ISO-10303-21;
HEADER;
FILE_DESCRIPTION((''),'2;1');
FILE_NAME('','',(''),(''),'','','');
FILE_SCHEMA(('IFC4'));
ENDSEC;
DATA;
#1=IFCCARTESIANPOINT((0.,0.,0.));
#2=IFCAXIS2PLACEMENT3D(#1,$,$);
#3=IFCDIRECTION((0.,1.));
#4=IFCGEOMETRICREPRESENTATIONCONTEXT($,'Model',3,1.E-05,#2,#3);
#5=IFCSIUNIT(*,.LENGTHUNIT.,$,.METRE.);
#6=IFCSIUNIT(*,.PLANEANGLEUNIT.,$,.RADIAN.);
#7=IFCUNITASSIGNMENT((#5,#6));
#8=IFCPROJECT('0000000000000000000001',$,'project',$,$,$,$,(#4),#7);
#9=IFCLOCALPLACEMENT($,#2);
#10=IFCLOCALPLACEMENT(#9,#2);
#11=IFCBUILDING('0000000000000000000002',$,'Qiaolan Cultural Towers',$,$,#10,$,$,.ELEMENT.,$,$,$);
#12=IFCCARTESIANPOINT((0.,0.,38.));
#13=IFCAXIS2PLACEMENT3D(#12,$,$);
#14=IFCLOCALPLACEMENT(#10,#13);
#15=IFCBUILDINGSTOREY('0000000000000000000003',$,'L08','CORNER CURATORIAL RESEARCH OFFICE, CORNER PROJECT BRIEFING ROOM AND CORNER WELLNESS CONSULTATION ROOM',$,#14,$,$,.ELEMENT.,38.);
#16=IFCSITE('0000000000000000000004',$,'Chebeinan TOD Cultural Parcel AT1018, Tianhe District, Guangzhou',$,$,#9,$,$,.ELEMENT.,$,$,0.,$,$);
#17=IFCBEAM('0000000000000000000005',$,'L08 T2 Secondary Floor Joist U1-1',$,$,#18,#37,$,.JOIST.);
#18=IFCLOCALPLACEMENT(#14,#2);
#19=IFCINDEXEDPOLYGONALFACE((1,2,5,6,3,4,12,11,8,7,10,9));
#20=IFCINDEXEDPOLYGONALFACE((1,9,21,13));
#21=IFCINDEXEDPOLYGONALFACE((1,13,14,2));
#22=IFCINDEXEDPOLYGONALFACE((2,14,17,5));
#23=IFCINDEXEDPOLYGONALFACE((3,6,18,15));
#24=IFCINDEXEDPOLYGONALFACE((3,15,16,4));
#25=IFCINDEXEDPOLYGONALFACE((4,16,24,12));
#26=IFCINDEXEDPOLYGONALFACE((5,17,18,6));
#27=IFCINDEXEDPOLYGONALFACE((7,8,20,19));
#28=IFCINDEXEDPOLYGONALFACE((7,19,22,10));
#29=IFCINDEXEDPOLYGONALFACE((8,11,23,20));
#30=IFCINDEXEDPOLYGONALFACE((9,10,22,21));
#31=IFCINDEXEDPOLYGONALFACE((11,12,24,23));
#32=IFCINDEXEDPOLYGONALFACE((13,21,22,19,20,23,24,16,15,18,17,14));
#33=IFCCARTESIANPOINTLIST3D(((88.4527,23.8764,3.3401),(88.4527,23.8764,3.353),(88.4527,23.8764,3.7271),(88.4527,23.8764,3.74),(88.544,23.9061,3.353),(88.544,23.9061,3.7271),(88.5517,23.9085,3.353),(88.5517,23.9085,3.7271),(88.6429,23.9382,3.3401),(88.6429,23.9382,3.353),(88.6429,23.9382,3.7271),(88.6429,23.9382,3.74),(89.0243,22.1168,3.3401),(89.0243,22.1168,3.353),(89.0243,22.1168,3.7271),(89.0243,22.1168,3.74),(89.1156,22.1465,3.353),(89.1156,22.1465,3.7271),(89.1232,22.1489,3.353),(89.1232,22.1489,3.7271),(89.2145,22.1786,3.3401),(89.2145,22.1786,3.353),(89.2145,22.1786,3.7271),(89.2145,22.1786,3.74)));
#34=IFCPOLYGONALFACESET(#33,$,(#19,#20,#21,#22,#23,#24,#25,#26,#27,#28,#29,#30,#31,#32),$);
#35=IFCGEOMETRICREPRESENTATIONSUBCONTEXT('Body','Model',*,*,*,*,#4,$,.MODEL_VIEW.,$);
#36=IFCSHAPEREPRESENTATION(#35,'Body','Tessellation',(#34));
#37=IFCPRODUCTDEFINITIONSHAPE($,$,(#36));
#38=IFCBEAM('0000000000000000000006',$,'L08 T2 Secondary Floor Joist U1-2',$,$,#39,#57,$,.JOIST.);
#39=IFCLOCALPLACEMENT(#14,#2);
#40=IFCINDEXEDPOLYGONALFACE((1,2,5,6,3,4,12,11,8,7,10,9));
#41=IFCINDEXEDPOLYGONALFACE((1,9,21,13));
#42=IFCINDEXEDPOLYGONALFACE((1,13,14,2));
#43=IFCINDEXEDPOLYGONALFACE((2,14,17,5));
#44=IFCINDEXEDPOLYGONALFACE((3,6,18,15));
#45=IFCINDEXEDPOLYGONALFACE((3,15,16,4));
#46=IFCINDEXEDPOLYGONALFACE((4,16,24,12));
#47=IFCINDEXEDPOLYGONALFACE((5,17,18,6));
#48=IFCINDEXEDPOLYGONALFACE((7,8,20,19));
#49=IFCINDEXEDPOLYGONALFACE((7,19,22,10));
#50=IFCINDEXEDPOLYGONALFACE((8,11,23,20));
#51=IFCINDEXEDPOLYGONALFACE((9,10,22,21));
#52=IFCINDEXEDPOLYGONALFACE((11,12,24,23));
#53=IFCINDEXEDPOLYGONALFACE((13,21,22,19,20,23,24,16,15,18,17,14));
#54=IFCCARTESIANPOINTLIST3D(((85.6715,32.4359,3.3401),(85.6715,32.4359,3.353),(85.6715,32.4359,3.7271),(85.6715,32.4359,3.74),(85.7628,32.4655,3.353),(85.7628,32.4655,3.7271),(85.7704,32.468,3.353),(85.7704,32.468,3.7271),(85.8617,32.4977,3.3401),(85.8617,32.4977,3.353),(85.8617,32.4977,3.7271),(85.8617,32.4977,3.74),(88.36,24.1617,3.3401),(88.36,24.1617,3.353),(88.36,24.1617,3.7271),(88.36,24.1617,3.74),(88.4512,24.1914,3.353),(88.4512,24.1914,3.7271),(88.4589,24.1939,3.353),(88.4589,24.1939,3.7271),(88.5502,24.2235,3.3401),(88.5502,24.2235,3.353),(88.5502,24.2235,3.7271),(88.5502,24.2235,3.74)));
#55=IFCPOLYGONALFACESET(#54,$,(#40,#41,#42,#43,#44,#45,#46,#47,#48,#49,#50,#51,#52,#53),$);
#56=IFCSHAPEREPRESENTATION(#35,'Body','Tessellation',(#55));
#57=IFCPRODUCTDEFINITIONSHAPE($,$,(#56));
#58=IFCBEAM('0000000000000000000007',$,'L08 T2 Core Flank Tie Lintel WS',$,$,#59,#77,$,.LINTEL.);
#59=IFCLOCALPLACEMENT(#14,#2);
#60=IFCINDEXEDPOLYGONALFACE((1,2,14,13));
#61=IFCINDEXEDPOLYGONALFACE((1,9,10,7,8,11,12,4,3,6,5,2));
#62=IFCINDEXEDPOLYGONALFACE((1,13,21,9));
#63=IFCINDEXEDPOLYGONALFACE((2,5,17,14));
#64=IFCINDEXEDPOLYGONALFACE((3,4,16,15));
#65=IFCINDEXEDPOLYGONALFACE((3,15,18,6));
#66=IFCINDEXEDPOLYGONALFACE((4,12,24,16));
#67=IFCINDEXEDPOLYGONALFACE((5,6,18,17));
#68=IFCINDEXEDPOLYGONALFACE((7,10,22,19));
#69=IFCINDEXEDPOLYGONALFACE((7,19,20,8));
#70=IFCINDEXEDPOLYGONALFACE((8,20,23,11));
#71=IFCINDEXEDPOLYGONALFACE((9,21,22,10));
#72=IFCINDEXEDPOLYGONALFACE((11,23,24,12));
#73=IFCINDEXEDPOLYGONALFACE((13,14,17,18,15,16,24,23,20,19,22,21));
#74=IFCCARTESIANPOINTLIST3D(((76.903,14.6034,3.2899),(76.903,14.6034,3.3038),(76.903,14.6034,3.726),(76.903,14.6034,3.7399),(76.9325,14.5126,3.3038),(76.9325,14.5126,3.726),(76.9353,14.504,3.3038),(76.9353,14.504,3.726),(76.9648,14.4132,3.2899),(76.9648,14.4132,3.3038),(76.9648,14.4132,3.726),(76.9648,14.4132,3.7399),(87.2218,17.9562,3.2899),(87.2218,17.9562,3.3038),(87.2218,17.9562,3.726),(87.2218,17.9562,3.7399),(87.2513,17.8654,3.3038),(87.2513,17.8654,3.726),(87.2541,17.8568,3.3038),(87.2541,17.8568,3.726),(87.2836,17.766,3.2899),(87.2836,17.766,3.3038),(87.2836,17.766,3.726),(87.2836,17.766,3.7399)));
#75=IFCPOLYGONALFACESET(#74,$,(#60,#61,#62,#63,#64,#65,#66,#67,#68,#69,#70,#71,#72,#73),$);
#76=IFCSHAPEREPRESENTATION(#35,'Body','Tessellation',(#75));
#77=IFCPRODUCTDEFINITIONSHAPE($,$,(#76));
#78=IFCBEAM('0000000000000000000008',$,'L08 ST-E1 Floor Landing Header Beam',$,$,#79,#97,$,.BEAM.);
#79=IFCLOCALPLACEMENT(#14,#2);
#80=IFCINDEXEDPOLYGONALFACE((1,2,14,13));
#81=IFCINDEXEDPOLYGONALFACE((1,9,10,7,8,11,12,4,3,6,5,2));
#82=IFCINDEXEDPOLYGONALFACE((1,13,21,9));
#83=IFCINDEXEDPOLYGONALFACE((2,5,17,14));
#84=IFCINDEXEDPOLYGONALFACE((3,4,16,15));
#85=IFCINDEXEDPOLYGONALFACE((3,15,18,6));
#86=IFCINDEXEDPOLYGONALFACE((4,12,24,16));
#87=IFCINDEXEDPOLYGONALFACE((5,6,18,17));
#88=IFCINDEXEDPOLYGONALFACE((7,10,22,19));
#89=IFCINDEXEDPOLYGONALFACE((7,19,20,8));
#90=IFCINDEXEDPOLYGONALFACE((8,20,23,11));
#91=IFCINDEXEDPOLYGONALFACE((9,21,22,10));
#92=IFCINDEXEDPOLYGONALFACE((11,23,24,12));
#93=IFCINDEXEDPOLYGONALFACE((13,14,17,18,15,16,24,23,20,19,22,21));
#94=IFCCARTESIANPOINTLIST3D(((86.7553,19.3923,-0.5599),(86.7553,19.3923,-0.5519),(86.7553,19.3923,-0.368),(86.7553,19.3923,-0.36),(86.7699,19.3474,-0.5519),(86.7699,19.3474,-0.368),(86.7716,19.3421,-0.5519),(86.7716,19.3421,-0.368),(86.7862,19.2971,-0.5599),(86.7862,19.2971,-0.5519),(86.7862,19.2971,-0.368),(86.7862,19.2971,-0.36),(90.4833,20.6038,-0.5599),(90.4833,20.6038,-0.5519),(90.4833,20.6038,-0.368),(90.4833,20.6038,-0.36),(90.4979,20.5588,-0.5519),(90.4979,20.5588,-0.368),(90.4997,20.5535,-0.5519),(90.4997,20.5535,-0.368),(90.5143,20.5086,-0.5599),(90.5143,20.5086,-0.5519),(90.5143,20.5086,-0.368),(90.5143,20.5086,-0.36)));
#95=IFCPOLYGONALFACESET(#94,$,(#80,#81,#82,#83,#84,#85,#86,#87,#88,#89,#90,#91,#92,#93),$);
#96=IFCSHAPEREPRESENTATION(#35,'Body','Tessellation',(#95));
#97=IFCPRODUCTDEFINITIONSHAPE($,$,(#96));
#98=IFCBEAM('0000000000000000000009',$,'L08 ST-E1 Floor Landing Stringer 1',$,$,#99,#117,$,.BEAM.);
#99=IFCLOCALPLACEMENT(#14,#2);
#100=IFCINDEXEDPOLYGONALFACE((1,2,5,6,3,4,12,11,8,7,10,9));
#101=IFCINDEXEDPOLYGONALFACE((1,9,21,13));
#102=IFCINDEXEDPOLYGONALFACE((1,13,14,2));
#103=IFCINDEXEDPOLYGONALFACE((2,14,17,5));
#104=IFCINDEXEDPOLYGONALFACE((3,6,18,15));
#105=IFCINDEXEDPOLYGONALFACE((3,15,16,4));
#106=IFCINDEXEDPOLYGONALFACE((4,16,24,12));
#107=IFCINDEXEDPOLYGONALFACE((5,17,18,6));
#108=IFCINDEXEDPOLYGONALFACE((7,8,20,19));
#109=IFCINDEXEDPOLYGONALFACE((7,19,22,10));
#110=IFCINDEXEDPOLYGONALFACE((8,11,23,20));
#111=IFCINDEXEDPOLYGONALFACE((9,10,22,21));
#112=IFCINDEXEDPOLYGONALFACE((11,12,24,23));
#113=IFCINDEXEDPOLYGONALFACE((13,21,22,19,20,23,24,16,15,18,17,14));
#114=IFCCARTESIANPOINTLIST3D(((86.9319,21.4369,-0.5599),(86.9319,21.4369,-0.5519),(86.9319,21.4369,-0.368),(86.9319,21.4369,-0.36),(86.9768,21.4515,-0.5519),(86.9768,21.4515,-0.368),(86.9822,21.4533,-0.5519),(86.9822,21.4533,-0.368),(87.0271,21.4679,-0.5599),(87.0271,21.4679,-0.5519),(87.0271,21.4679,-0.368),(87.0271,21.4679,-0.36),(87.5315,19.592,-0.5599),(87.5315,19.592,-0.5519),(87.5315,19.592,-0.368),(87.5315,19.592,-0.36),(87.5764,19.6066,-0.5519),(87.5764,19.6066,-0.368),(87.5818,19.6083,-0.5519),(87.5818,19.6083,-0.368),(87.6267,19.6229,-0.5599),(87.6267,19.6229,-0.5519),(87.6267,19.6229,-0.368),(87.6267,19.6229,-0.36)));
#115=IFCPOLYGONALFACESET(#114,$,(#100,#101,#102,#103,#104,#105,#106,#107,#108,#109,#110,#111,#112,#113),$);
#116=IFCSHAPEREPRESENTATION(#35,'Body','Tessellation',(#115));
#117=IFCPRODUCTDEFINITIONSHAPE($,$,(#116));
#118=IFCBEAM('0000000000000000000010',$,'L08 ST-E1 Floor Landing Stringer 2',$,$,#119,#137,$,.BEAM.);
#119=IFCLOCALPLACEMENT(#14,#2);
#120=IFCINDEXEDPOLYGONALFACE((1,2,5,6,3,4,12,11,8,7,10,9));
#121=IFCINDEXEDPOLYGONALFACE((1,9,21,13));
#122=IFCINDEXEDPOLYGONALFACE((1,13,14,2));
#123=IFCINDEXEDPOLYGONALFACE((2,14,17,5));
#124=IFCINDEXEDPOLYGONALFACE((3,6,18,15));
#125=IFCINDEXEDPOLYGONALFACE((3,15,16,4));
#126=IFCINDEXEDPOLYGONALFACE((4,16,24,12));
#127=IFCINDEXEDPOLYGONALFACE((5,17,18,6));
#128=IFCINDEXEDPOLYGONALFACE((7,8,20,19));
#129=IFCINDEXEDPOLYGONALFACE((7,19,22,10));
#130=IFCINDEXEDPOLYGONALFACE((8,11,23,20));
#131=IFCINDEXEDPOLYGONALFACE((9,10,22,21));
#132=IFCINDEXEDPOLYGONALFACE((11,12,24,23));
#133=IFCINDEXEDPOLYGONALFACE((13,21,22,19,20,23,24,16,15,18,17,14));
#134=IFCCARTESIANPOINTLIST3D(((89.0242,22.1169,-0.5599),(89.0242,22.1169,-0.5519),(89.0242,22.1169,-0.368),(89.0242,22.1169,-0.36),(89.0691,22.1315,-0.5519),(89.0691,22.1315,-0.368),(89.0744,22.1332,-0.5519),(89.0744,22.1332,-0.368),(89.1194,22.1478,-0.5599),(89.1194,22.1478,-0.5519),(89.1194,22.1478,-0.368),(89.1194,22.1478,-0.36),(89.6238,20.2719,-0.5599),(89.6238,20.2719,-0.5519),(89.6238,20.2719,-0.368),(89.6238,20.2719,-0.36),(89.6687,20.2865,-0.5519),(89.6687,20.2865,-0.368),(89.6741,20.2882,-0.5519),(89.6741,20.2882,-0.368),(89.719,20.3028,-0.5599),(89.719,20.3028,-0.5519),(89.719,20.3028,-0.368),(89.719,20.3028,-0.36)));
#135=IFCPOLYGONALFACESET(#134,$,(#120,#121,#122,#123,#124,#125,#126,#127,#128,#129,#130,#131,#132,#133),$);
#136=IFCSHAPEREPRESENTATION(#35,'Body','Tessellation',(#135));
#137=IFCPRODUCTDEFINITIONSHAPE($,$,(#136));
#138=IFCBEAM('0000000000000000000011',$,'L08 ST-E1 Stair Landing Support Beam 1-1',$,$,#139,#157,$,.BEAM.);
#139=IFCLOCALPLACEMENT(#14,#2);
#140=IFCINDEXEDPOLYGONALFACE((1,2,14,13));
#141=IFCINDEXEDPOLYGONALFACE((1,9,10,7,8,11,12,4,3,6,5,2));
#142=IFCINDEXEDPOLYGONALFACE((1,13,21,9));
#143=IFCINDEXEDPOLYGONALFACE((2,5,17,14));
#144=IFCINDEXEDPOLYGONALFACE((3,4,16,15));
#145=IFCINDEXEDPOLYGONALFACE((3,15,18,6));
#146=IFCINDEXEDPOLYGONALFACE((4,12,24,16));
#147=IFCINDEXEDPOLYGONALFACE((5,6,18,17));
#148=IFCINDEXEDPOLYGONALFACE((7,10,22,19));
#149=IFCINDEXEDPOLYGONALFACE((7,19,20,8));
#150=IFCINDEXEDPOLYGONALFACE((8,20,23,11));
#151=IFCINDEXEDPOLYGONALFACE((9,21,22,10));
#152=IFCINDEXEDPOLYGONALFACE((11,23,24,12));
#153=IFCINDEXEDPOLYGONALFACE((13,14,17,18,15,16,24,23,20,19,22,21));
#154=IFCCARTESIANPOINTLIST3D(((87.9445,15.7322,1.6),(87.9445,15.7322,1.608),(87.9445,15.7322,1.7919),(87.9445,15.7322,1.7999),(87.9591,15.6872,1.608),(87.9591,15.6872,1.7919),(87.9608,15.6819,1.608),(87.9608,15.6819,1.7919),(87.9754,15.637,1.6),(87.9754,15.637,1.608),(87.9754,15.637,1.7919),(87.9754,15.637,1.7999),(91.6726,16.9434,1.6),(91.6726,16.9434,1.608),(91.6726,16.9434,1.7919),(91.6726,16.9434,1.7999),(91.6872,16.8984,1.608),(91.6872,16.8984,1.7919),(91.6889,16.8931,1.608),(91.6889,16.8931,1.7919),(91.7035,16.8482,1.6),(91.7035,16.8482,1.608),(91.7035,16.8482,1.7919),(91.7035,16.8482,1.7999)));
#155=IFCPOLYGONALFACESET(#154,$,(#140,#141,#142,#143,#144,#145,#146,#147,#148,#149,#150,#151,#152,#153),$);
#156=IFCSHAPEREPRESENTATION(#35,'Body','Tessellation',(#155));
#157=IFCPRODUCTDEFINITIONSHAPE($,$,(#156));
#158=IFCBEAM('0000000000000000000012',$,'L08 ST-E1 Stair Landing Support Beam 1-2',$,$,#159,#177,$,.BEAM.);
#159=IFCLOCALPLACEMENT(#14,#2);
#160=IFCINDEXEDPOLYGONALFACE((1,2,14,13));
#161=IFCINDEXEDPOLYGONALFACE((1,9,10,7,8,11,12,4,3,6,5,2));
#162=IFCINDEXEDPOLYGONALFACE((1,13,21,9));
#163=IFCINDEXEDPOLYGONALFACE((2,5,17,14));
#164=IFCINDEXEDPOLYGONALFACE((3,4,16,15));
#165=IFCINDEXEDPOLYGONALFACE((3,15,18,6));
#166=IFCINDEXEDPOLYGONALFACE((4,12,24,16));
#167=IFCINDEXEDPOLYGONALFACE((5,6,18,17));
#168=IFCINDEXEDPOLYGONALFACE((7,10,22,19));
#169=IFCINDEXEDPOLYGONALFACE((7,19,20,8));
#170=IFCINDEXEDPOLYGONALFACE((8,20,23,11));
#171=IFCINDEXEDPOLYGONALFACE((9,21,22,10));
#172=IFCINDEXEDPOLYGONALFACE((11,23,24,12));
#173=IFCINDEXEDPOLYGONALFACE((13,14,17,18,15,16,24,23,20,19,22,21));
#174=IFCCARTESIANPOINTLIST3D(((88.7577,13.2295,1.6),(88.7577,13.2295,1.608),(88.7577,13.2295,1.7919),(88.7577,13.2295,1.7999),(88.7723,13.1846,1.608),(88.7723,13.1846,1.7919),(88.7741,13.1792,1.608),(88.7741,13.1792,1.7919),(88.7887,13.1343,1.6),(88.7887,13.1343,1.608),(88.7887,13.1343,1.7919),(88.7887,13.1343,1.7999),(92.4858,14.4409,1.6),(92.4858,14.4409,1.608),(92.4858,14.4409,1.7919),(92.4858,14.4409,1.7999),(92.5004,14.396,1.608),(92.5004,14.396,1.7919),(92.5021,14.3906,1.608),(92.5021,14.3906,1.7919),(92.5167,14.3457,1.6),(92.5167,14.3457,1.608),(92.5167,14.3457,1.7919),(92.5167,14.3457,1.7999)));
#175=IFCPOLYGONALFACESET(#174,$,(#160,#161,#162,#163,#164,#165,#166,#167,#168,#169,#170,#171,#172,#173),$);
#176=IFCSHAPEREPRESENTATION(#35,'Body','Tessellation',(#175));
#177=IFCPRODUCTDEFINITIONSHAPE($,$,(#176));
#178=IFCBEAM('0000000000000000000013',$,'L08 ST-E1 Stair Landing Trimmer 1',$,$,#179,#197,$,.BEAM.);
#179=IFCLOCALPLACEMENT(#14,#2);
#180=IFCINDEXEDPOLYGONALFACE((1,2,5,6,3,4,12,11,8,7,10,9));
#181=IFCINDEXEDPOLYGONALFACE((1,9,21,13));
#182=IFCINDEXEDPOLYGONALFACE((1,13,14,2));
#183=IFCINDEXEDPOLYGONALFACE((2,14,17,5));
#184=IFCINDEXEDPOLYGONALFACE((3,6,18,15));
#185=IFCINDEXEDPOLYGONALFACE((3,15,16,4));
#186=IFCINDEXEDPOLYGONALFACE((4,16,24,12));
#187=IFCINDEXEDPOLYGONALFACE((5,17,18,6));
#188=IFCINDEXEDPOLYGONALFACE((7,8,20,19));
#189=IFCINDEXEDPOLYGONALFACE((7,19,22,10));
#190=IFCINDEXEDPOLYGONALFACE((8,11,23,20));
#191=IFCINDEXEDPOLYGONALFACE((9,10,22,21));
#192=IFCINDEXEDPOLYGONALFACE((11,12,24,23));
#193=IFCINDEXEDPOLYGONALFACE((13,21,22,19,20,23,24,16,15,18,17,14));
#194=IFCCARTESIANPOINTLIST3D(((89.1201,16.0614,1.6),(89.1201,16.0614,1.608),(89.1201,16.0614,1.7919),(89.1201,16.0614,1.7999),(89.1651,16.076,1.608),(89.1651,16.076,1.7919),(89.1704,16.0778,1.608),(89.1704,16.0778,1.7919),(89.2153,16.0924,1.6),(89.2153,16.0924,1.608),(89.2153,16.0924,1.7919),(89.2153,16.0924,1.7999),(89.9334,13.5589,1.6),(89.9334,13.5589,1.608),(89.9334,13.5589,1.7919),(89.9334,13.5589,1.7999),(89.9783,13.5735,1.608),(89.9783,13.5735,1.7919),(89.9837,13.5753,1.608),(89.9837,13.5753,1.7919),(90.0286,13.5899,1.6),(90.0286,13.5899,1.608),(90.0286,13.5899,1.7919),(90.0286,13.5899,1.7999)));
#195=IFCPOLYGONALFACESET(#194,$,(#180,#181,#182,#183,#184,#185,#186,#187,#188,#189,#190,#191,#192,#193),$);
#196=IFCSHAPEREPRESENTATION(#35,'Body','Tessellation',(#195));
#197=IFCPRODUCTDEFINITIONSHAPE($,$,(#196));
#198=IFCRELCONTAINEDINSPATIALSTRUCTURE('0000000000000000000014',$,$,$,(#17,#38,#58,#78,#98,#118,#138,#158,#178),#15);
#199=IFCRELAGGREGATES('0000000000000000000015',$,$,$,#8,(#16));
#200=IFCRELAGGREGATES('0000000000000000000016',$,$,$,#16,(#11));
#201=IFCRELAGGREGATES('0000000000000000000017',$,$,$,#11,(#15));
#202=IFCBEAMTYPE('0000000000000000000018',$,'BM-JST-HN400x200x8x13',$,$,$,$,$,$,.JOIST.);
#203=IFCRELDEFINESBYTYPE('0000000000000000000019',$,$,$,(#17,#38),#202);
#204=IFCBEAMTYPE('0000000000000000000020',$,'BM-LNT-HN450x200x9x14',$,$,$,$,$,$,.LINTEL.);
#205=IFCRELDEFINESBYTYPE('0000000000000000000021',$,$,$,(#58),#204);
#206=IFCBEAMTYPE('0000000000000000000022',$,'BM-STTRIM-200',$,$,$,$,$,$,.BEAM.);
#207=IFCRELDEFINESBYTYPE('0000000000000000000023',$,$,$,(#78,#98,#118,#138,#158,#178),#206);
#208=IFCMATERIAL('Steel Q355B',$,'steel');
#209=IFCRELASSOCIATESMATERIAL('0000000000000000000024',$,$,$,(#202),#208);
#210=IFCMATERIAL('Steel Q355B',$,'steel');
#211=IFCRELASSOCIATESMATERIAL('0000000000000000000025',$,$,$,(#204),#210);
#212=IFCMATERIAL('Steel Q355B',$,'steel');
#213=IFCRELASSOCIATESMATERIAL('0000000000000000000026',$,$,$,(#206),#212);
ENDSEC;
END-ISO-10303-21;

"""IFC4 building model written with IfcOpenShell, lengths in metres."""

from ifc_helpers import new_model, si_unit, direction, frame, origin, origin_2d, place, context, subcontext, project, spatial, i_section, extrude, material, material_profile, profile_set, type_object, element, save


model = new_model("IFC4")

# Units and contexts
model_context = context("Model", 3, precision=1e-05, world=origin(), true_north=direction((0.0, 1.0)))
body_context = subcontext(model_context, "Body", "Model", "MODEL_VIEW")
ifc_project = project(units=[si_unit("LENGTHUNIT", "METRE"), si_unit("PLANEANGLEUNIT", "RADIAN")], contexts=[model_context])

# Site, building, storey
site_placement = place(None, origin())
site = spatial("IfcSite", under=ifc_project, at=site_placement, Name="Chebeinan TOD Cultural Parcel AT1018, Tianhe District, Guangzhou", CompositionType="ELEMENT", RefElevation=0.0)
building_placement = place(site_placement, origin())
building = spatial("IfcBuilding", under=site, at=building_placement, Name="Qiaolan Cultural Towers", CompositionType="ELEMENT")
storey_placement = place(building_placement, frame((0.0, 0.0, 38.0)))
storey = spatial("IfcBuildingStorey", under=building, at=storey_placement, Name="L08", Description="CORNER CURATORIAL RESEARCH OFFICE, CORNER PROJECT BRIEFING ROOM AND CORNER WELLNESS CONSULTATION ROOM", CompositionType="ELEMENT", Elevation=38.0)

# Beams
ifc_material_1 = material(Name="Steel Q355B", Category="steel")
ifc_material_profile_1 = material_profile(ifc_material_1, i_section(OverallWidth=0.2, OverallDepth=0.3999, WebThickness=0.0081, FlangeThickness=0.0129, at=origin_2d()), Name="HN400x200x8x13")
ifc_profile_set_1 = profile_set([ifc_material_profile_1], Name="Steel Q355B")
beam_type_1 = type_object("IfcBeamType", Name="BM-JST-HN400x200x8x13", PredefinedType="JOIST", material=ifc_profile_set_1)
beam_1_placement = place(storey_placement, frame((89.1194, 22.1477, 3.54), z_axis=(-0.308934, 0.951084, 0.0), x_axis=(-0.951084, -0.308934, 0.0)))
element("IfcBeam", 1, at=beam_1_placement, inside=storey, type_object=beam_type_1, Name="L08 T2 Secondary Floor Joist U1-1", PredefinedType="JOIST", context=body_context, shape_type="SweptSolid", body=[
    extrude(i_section(OverallWidth=0.2, OverallDepth=0.3999, WebThickness=0.0081, FlangeThickness=0.0129, at=origin_2d()), origin(), (0.0, 0.0, 1.0), 1.8501),
])
beam_2_placement = place(storey_placement, frame((88.4551, 24.1926, 3.54), z_axis=(-0.309021, 0.951055, 0.0), x_axis=(-0.951055, -0.309021, 0.0)))
element("IfcBeam", 2, at=beam_2_placement, inside=storey, type_object=beam_type_1, Name="L08 T2 Secondary Floor Joist U1-2", PredefinedType="JOIST", context=body_context, shape_type="SweptSolid", body=[
    extrude(i_section(OverallWidth=0.2, OverallDepth=0.3999, WebThickness=0.0081, FlangeThickness=0.0129, at=origin_2d()), origin(), (0.0, 0.0, 1.0), 8.7),
])
ifc_material_2 = material(Name="Steel Q355B", Category="steel")
ifc_material_profile_2 = material_profile(ifc_material_2, i_section(OverallWidth=0.2, OverallDepth=0.45, WebThickness=0.009, FlangeThickness=0.0139, at=origin_2d()), Name="HN450x200x9x14")
ifc_profile_set_2 = profile_set([ifc_material_profile_2], Name="Steel Q355B")
beam_type_2 = type_object("IfcBeamType", Name="BM-LNT-HN450x200x9x14", PredefinedType="LINTEL", material=ifc_profile_set_2)
beam_3_placement = place(storey_placement, frame((87.2527, 17.8611, 3.5149), z_axis=(-0.951057, -0.309016, 0.0), x_axis=(0.309016, -0.951057, 0.0)))
element("IfcBeam", 3, at=beam_3_placement, inside=storey, type_object=beam_type_2, Name="L08 T2 Core Flank Tie Lintel WS", PredefinedType="LINTEL", context=body_context, shape_type="SweptSolid", body=[
    extrude(i_section(OverallWidth=0.2, OverallDepth=0.45, WebThickness=0.009, FlangeThickness=0.0139, at=origin_2d()), origin(), (0.0, 0.0, 1.0), 10.8499),
])
ifc_material_3 = material(Name="Steel Q355B", Category="steel")
ifc_material_profile_3 = material_profile(ifc_material_3, i_section(OverallWidth=0.1001, OverallDepth=0.2, WebThickness=0.0056, FlangeThickness=0.0081, at=origin_2d()), Name="HN200x100x5.5x8")
ifc_profile_set_3 = profile_set([ifc_material_profile_3], Name="Steel Q355B")
beam_type_3 = type_object("IfcBeamType", Name="BM-STTRIM-200", PredefinedType="BEAM", material=ifc_profile_set_3)
beam_4_placement = place(storey_placement, frame((86.7708, 19.3447, -0.46), z_axis=(0.951048, 0.309044, 0.0), x_axis=(-0.309044, 0.951048, 0.0)))
element("IfcBeam", 4, at=beam_4_placement, inside=storey, type_object=beam_type_3, Name="L08 ST-E1 Floor Landing Header Beam", PredefinedType="BEAM", context=body_context, shape_type="SweptSolid", body=[
    extrude(i_section(OverallWidth=0.1001, OverallDepth=0.2, WebThickness=0.0056, FlangeThickness=0.0081, at=origin_2d()), origin(), (0.0, 0.0, 1.0), 3.9199),
])
for number, where, z_axis, x_axis, name in (
    (5, (86.9795, 21.4524, -0.46), (0.309083, -0.951035, 0.0), (0.951035, 0.309083, 0.0), "L08 ST-E1 Floor Landing Stringer 1"),
    (6, (89.0718, 22.1323, -0.46), (0.309083, -0.951035, 0.0), (0.951035, 0.309083, 0.0), "L08 ST-E1 Floor Landing Stringer 2"),
):
    element("IfcBeam", number, at=place(storey_placement, frame(where, z_axis=z_axis, x_axis=x_axis)), inside=storey, type_object=beam_type_3, Name=name, PredefinedType="BEAM", context=body_context, shape_type="SweptSolid", body=[
        extrude(i_section(OverallWidth=0.1001, OverallDepth=0.2, WebThickness=0.0056, FlangeThickness=0.0081, at=origin_2d()), origin(), (0.0, 0.0, 1.0), 1.9399),
    ])
for number, where, z_axis, x_axis, name in (
    (7, (87.96, 15.6846, 1.7), (0.951066, 0.308987, 0.0), (-0.308987, 0.951066, 0.0), "L08 ST-E1 Stair Landing Support Beam 1-1"),
    (8, (88.7732, 13.1819, 1.7), (0.951048, 0.309044, 0.0), (-0.309044, 0.951048, 0.0), "L08 ST-E1 Stair Landing Support Beam 1-2"),
):
    element("IfcBeam", number, at=place(storey_placement, frame(where, z_axis=z_axis, x_axis=x_axis)), inside=storey, type_object=beam_type_3, Name=name, PredefinedType="BEAM", context=body_context, shape_type="SweptSolid", body=[
        extrude(i_section(OverallWidth=0.1001, OverallDepth=0.2, WebThickness=0.0056, FlangeThickness=0.0081, at=origin_2d()), origin(), (0.0, 0.0, 1.0), 3.9199),
    ])
beam_5_placement = place(storey_placement, frame((89.1677, 16.0769, 1.7), z_axis=(0.309065, -0.951041, 0.0), x_axis=(0.951041, 0.309065, 0.0)))
element("IfcBeam", 9, at=beam_5_placement, inside=storey, type_object=beam_type_3, Name="L08 ST-E1 Stair Landing Trimmer 1", PredefinedType="BEAM", context=body_context, shape_type="SweptSolid", body=[
    extrude(i_section(OverallWidth=0.1001, OverallDepth=0.2, WebThickness=0.0056, FlangeThickness=0.0081, at=origin_2d()), origin(), (0.0, 0.0, 1.0), 2.6313),
])

save(model, "model.ifc")
